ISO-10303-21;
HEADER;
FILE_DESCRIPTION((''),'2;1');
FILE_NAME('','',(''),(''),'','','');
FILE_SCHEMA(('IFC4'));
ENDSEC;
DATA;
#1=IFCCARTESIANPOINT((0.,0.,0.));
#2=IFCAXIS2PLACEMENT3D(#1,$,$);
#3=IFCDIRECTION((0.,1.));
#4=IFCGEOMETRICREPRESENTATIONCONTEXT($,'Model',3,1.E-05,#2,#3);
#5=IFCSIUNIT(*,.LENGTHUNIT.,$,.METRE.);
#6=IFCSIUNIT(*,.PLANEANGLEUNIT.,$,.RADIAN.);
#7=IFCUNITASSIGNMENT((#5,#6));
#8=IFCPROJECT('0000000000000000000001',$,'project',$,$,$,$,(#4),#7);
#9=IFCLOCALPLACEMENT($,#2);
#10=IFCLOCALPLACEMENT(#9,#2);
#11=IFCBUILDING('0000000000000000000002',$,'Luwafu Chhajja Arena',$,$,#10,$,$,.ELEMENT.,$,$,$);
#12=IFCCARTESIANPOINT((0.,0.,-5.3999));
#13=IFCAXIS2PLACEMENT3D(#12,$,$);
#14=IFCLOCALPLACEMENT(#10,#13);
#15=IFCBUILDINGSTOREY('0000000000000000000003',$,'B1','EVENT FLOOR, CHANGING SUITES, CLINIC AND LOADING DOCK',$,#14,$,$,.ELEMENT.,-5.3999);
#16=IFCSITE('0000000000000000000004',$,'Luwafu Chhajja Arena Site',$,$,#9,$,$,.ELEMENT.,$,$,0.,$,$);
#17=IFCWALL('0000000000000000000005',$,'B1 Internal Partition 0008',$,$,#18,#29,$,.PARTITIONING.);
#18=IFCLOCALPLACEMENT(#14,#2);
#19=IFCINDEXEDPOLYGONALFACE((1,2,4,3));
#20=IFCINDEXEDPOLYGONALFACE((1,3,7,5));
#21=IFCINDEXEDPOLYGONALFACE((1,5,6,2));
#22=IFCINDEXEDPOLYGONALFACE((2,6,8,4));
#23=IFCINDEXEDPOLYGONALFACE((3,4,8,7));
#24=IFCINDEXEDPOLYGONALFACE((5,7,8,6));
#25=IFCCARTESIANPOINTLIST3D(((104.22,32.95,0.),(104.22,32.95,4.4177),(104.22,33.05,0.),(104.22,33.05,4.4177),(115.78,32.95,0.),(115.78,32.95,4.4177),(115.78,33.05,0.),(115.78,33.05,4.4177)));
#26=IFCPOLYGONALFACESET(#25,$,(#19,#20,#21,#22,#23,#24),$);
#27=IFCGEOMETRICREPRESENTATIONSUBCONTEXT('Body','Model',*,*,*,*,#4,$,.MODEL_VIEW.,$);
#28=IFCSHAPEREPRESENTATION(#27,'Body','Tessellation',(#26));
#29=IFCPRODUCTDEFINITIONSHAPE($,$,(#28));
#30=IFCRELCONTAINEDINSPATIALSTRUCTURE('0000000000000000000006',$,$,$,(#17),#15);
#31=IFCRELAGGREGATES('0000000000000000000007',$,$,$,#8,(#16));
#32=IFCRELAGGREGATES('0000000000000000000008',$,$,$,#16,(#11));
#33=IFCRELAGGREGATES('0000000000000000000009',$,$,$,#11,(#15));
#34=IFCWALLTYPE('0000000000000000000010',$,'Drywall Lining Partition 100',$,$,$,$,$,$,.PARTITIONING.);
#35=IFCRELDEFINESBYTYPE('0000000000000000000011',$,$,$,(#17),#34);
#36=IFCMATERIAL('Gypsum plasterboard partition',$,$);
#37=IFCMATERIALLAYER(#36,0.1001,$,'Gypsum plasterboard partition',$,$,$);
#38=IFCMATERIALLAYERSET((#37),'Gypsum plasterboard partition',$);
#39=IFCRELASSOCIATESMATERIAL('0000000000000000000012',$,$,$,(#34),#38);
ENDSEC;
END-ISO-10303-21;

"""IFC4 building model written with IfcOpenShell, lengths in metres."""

from ifc_helpers import new_model, si_unit, direction, frame, frame_2d, origin, place, context, subcontext, project, spatial, rectangle, extrude, material, layer, layer_set, type_object, element, save


model = new_model("IFC4")

# Units and contexts
model_context = context("Model", 3, precision=1e-05, world=origin(), true_north=direction((0.0, 1.0)))
body_context = subcontext(model_context, "Body", "Model", "MODEL_VIEW")
ifc_project = project(units=[si_unit("LENGTHUNIT", "METRE"), si_unit("PLANEANGLEUNIT", "RADIAN")], contexts=[model_context])

# Site, building, storey
site_placement = place(None, origin())
site = spatial("IfcSite", under=ifc_project, at=site_placement, Name="Luwafu Chhajja Arena Site", CompositionType="ELEMENT", RefElevation=0.0)
building_placement = place(site_placement, origin())
building = spatial("IfcBuilding", under=site, at=building_placement, Name="Luwafu Chhajja Arena", CompositionType="ELEMENT")
storey_placement = place(building_placement, frame((0.0, 0.0, -5.3999)))
storey = spatial("IfcBuildingStorey", under=building, at=storey_placement, Name="B1", Description="EVENT FLOOR, CHANGING SUITES, CLINIC AND LOADING DOCK", CompositionType="ELEMENT", Elevation=-5.3999)

# Wall
ifc_material_1 = material(Name="Gypsum plasterboard partition")
ifc_layer_1 = layer(ifc_material_1, 0.1001, Name="Gypsum plasterboard partition")
ifc_layer_set_1 = layer_set([ifc_layer_1], Name="Gypsum plasterboard partition")
wall_type_1 = type_object("IfcWallType", Name="Drywall Lining Partition 100", PredefinedType="PARTITIONING", material=ifc_layer_set_1)
wall_1_placement = place(storey_placement, frame((104.22, 33.0, 0.0), z_axis=(0.0, 0.0, 1.0), x_axis=(1.0, 0.0, 0.0)))
element("IfcWall", 1, at=wall_1_placement, inside=storey, type_object=wall_type_1, Name="B1 Internal Partition 0008", PredefinedType="PARTITIONING", context=body_context, shape_type="SweptSolid", body=[
    extrude(rectangle(XDim=11.5601, YDim=0.1001, at=frame_2d((5.78, 0.0))), origin(), (0.0, 0.0, 1.0), 4.4177),
])

save(model, "model.ifc")
